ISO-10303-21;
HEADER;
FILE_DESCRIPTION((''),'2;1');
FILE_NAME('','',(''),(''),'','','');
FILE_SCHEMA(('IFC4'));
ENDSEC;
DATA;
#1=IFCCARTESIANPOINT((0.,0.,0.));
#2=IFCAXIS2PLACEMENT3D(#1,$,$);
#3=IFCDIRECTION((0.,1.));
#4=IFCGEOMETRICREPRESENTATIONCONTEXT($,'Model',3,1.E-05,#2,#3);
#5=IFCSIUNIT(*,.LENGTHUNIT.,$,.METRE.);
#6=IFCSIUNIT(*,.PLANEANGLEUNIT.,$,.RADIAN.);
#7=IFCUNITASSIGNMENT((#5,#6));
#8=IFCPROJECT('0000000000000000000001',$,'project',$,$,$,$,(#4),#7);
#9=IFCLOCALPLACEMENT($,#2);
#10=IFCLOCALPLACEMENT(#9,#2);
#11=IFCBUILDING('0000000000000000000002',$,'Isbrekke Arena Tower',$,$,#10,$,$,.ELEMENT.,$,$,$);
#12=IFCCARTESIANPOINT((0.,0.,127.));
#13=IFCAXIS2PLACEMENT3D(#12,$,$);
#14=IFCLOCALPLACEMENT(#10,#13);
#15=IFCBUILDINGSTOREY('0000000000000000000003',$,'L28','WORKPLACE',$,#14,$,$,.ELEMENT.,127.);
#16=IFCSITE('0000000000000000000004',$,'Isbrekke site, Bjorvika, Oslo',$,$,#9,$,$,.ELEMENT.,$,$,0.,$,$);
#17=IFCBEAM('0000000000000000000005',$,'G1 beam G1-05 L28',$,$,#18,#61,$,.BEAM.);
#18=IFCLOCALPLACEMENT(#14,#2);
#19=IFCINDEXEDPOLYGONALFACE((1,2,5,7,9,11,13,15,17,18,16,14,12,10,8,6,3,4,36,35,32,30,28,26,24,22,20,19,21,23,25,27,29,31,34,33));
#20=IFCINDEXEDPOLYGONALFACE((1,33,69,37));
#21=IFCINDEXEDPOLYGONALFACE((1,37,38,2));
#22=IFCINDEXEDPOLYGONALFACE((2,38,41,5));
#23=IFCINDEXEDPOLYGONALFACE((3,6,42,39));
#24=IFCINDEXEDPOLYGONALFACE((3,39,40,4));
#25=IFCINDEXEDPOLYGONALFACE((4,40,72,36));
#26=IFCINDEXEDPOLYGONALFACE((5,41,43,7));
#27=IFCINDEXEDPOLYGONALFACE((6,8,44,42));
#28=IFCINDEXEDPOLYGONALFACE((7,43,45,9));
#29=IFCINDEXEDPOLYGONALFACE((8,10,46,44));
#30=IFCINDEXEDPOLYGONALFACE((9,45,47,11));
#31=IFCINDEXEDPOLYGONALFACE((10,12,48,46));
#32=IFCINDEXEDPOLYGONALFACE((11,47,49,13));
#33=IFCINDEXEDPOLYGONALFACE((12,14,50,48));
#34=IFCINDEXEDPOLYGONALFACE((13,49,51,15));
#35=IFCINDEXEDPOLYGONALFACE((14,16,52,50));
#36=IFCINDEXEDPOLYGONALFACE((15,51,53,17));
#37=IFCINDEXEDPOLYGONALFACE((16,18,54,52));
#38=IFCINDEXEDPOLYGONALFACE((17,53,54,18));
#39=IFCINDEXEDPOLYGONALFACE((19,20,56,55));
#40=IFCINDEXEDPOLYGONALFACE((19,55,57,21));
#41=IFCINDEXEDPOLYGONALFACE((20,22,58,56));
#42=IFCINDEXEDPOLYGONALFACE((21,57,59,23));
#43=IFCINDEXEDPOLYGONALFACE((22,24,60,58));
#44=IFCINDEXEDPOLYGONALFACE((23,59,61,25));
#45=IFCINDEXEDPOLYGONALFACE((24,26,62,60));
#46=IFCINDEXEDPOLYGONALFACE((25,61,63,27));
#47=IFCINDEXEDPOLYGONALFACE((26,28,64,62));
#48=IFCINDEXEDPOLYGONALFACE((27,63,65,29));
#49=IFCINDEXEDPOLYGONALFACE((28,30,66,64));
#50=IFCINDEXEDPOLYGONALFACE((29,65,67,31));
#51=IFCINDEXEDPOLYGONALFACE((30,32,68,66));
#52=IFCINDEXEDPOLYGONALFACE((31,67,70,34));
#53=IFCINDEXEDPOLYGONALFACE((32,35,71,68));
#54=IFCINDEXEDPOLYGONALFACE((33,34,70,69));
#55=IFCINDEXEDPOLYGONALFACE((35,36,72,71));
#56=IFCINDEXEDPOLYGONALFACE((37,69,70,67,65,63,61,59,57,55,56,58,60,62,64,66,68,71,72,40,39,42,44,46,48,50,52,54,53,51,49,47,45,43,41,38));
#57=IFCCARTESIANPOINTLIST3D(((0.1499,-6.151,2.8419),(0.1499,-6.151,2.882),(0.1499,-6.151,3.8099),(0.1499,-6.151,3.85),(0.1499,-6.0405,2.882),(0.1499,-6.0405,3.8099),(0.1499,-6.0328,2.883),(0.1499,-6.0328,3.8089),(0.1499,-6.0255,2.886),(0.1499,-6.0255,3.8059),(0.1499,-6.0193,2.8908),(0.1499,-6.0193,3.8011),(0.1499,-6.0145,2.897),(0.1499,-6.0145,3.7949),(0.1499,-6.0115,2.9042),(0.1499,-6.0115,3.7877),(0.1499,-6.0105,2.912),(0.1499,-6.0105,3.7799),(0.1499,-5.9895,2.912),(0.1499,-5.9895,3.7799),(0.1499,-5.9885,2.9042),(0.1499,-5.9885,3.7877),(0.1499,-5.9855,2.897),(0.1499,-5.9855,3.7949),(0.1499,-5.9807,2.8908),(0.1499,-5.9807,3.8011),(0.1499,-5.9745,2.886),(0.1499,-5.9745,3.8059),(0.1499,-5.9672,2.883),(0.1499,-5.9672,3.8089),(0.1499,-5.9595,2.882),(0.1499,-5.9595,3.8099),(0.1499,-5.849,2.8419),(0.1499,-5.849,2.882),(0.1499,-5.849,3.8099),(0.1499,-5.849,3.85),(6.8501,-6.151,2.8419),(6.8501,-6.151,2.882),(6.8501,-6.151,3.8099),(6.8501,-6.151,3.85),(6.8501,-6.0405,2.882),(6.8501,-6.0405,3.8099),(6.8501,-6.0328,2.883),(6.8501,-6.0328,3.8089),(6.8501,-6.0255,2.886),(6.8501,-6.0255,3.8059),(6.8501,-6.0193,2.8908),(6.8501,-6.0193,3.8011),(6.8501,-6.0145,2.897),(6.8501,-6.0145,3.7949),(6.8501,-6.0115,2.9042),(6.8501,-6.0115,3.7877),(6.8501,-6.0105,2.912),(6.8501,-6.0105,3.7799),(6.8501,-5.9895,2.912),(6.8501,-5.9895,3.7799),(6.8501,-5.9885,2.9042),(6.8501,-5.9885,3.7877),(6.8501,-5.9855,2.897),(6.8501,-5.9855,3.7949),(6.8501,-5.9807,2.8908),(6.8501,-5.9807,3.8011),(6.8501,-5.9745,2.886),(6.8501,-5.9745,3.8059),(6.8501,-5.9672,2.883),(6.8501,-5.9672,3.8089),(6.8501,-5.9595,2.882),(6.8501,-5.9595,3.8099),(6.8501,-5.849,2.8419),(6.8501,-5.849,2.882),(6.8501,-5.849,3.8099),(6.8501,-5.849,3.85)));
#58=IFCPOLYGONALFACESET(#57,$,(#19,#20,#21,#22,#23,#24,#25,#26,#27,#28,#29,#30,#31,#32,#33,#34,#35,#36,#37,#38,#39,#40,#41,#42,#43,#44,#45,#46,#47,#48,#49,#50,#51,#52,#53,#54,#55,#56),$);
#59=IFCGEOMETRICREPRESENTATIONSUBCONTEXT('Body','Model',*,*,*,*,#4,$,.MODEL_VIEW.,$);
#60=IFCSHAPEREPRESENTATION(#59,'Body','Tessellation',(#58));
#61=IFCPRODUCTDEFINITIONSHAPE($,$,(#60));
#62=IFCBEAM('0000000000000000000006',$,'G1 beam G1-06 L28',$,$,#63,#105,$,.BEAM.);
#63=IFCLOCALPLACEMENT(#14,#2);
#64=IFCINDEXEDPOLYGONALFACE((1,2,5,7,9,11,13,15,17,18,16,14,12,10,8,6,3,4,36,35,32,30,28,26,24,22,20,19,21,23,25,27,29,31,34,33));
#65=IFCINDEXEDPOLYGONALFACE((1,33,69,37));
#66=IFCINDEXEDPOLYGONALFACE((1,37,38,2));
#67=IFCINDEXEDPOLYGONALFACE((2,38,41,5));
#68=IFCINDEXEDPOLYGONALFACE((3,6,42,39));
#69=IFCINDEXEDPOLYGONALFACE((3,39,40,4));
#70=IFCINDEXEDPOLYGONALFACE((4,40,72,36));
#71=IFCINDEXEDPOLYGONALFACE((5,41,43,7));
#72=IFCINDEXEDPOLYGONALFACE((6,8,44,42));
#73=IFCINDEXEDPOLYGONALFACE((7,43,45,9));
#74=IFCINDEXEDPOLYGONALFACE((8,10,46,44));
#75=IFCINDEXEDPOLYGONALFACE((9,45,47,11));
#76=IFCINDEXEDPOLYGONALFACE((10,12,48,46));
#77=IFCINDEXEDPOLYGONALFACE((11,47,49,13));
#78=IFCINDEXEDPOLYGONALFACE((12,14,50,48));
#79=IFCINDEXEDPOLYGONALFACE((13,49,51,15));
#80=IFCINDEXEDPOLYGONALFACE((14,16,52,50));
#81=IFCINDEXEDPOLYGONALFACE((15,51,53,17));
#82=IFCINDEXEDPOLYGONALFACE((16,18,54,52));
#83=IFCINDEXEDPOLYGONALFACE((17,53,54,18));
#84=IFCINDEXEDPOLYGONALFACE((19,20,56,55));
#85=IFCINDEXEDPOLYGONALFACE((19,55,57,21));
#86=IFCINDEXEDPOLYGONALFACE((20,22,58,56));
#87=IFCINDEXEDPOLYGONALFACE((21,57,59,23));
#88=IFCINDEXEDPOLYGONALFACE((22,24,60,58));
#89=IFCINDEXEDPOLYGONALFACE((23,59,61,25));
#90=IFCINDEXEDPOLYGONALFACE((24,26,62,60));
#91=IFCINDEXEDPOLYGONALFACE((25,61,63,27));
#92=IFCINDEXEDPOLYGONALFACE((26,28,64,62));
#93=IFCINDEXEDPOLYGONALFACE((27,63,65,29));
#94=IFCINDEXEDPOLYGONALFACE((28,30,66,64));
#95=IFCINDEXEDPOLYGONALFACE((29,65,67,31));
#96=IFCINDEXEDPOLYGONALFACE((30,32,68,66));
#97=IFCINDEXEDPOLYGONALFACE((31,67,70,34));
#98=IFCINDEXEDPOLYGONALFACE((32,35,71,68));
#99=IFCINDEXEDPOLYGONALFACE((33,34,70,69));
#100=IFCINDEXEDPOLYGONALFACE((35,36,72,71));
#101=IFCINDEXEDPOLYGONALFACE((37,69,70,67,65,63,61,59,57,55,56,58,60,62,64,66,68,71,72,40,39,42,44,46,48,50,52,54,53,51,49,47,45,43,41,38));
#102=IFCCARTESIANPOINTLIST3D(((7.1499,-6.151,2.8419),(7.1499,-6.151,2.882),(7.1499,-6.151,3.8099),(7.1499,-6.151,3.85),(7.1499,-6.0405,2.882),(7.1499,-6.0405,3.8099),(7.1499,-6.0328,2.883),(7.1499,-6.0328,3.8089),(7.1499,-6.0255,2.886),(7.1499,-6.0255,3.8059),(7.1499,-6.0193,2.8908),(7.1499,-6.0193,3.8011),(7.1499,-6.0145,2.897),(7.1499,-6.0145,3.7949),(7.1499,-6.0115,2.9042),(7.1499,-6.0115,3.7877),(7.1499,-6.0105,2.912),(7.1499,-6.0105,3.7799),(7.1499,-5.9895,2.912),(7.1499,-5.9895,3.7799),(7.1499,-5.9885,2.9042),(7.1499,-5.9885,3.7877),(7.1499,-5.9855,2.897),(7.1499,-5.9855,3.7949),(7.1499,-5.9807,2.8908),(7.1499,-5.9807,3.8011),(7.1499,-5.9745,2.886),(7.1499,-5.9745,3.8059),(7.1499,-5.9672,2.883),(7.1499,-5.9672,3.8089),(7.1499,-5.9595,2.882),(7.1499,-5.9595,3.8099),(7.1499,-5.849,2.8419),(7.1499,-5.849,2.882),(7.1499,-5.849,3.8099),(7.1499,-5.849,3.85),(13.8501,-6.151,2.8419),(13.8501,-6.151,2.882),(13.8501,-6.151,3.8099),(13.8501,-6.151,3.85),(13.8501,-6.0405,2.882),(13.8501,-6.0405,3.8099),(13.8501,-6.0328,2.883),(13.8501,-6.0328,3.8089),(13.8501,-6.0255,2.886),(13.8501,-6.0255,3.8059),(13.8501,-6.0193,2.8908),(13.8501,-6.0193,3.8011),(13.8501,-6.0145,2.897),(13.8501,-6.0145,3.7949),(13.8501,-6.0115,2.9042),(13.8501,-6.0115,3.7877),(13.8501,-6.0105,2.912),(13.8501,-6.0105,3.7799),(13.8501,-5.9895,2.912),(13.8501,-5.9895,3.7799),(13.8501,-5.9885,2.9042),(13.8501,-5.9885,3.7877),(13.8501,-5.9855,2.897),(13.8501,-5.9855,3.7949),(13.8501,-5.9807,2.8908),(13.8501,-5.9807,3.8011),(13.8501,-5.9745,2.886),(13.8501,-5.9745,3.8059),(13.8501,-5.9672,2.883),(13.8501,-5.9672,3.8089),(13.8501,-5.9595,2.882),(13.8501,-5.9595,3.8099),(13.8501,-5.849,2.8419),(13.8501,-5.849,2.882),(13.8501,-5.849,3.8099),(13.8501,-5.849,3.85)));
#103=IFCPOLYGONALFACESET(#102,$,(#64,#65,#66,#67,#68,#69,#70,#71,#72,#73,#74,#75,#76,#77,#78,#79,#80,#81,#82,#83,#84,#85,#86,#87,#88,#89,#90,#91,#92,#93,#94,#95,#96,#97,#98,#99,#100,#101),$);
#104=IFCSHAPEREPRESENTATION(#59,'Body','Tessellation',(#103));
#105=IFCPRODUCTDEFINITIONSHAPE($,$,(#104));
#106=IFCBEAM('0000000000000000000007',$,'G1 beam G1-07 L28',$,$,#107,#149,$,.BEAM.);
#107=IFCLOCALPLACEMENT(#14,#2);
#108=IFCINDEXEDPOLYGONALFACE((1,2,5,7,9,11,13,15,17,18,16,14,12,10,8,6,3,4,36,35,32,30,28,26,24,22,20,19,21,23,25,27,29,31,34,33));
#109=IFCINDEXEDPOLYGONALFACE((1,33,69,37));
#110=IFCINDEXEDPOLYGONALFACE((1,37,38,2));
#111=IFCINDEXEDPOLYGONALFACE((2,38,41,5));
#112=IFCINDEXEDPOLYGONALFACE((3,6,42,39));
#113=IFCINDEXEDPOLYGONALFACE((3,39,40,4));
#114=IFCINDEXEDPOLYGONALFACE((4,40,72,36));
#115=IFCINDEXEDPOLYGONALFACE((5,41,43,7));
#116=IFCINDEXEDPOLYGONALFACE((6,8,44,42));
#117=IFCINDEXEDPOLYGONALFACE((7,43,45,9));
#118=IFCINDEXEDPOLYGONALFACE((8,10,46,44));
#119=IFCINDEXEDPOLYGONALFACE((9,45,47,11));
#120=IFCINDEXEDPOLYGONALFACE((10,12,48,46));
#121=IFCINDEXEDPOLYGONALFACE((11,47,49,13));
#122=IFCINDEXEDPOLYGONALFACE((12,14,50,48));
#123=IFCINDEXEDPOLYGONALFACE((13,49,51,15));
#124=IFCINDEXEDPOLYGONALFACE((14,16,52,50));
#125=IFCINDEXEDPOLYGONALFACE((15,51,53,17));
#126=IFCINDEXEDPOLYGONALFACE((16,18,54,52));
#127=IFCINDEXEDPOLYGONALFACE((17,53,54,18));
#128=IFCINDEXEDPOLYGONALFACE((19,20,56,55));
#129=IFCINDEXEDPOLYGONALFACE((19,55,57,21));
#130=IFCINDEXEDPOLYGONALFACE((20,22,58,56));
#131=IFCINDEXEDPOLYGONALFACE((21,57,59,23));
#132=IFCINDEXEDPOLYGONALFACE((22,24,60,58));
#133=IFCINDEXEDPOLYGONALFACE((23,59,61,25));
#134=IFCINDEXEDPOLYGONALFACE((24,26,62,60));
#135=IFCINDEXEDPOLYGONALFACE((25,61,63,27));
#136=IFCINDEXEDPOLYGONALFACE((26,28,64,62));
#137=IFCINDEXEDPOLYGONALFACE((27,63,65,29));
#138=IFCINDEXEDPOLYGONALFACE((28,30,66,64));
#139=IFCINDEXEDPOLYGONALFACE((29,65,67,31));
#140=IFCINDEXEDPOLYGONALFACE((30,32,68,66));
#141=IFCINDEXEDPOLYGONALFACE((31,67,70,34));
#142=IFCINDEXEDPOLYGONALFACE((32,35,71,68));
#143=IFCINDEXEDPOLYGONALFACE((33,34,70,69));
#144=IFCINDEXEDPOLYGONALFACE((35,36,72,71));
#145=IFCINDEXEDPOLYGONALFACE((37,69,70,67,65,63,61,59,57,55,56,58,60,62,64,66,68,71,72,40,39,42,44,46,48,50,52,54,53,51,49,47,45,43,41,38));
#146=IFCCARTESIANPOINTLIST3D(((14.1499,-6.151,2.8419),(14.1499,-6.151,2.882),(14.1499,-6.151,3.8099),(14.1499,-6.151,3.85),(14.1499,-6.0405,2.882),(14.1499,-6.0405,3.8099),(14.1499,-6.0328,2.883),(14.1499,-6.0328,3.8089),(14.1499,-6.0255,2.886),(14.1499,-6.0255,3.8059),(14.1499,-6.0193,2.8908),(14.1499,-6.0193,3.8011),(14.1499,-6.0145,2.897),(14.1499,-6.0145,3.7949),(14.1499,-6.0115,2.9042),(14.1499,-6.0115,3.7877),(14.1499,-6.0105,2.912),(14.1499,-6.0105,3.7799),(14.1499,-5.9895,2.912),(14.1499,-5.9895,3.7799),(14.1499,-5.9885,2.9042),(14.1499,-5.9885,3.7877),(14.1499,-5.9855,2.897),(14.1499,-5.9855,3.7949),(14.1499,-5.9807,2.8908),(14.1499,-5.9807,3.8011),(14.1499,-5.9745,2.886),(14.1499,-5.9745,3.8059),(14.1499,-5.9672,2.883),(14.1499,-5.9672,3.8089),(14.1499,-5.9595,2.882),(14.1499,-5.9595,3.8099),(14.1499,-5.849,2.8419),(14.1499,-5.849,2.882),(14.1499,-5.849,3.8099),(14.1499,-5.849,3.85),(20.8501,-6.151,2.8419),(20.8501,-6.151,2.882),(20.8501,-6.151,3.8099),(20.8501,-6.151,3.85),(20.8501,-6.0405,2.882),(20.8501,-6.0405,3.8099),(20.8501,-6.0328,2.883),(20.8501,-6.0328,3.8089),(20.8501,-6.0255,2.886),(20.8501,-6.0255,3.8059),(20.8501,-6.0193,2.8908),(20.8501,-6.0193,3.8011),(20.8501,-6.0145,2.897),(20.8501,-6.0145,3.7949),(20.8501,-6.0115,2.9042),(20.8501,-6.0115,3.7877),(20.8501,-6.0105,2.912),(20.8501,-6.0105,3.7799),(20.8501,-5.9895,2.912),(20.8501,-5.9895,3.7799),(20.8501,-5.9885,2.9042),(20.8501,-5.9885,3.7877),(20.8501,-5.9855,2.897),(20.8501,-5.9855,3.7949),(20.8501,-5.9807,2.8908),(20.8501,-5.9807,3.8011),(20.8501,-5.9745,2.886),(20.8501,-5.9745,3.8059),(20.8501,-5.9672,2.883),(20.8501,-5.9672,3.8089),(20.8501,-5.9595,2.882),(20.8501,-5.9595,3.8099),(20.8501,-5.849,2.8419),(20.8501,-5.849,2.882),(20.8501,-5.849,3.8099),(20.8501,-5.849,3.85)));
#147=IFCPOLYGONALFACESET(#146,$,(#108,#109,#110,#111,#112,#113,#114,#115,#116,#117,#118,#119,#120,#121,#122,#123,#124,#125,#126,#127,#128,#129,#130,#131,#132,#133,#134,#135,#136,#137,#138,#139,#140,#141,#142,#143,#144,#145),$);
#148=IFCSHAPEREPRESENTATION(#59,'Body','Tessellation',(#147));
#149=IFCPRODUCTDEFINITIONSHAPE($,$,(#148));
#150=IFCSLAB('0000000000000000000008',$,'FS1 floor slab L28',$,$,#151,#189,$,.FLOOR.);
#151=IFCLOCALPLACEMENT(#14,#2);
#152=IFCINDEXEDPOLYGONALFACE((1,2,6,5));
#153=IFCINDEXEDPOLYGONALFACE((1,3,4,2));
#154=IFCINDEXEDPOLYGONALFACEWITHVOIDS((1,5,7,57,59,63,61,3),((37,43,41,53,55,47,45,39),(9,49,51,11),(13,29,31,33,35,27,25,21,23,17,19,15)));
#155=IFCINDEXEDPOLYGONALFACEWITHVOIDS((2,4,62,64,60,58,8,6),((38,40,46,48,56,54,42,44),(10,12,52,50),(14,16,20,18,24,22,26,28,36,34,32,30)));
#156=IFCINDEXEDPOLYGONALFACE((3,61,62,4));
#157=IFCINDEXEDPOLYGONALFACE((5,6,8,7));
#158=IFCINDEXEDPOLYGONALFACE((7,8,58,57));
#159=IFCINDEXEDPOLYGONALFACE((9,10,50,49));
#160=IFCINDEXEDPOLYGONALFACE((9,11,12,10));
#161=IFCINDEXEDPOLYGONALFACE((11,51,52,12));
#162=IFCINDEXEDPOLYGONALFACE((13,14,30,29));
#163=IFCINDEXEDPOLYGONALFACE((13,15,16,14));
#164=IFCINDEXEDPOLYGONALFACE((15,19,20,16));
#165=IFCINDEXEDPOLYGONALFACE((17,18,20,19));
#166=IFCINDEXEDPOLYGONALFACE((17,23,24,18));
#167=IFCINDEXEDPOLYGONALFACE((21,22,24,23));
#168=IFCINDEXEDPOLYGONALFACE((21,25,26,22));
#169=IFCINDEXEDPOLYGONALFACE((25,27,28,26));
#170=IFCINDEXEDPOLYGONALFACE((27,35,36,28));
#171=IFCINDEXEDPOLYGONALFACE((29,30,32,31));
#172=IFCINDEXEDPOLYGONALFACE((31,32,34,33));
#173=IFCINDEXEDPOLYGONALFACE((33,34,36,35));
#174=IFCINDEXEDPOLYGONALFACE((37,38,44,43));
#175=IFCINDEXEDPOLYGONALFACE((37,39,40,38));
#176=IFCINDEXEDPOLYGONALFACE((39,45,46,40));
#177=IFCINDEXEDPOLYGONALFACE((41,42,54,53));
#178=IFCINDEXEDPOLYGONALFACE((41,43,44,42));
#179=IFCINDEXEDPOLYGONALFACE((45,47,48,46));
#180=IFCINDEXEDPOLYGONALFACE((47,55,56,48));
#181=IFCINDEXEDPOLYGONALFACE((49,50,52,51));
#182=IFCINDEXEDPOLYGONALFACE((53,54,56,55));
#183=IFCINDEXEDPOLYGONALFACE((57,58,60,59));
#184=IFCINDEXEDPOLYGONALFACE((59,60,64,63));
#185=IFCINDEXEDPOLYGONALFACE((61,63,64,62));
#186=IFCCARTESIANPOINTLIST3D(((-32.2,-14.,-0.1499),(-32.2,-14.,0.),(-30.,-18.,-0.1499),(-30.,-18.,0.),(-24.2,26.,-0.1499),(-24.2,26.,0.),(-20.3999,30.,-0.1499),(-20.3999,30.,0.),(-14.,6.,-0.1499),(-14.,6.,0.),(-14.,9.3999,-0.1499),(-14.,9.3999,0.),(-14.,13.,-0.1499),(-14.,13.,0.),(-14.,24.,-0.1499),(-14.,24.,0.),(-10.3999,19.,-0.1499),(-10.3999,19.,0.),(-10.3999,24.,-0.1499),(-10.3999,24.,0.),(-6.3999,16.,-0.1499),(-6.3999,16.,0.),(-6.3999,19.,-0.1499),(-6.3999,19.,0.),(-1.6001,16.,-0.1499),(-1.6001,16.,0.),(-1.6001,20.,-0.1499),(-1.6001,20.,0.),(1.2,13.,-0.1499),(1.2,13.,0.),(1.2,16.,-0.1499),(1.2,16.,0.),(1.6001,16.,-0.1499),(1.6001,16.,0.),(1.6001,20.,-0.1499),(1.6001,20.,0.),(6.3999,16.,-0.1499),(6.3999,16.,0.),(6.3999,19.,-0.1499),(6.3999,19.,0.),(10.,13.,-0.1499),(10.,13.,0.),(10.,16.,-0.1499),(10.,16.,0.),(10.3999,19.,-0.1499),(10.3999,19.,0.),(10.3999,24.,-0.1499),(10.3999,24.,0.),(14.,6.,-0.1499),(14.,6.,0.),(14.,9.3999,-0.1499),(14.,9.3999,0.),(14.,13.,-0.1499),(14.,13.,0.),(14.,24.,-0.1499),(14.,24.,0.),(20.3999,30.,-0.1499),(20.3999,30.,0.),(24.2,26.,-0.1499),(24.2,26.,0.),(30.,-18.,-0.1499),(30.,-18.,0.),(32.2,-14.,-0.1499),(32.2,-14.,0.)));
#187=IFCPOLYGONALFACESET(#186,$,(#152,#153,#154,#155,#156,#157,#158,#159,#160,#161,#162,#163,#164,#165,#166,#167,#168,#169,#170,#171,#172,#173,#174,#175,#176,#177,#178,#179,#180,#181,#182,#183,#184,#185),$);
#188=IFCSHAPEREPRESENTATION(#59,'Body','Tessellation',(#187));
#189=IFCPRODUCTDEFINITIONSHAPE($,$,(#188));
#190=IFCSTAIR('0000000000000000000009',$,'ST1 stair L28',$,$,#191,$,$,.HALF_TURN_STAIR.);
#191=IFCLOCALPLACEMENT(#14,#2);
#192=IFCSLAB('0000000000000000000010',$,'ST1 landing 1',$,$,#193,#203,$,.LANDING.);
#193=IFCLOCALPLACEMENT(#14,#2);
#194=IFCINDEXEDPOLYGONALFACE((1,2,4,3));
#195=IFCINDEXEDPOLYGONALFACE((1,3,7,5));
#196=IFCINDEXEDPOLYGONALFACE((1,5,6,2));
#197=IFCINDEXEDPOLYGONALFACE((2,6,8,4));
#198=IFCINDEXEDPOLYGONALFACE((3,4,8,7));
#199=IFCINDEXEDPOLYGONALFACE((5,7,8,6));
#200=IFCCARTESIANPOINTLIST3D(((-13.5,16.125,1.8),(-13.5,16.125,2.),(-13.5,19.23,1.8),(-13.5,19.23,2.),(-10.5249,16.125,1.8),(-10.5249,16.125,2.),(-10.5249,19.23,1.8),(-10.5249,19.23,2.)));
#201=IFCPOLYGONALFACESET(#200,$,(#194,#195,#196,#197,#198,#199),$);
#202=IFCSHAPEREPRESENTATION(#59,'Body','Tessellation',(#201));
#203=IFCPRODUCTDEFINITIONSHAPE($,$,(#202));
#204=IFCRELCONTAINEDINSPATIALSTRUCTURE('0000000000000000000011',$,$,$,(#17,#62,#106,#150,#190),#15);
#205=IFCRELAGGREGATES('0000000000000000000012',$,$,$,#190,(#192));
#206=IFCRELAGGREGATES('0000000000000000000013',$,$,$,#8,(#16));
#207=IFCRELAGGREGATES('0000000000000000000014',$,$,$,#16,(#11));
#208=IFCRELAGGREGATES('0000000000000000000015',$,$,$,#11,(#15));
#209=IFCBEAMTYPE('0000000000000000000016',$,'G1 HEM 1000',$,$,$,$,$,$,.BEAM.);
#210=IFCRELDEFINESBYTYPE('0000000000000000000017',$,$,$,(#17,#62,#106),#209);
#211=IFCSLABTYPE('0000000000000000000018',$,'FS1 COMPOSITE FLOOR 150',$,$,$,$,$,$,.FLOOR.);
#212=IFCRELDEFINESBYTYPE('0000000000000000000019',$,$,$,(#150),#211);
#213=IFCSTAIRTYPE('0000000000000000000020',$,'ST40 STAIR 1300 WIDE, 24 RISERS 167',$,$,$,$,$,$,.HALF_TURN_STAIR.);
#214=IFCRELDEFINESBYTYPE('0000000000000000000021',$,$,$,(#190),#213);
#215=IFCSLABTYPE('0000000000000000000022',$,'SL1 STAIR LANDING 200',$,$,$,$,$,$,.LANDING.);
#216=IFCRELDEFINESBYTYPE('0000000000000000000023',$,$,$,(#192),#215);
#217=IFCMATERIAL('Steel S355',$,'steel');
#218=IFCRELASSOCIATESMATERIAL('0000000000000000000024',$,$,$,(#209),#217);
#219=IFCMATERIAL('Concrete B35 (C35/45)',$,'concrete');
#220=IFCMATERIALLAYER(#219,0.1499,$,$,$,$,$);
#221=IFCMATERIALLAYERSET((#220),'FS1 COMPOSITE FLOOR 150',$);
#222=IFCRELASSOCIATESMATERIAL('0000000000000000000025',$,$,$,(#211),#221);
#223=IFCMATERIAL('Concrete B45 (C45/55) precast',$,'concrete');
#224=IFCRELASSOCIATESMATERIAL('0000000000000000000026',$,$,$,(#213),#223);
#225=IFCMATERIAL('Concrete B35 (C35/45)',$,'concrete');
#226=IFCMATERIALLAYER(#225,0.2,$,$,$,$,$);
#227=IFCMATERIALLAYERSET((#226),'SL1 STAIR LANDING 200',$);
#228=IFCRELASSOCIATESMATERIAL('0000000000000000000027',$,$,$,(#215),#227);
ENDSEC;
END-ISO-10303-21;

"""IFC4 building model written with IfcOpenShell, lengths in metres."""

from ifc_helpers import new_model, si_unit, direction, frame, origin, origin_2d, place, context, subcontext, project, spatial, polyline, i_section, outline, extrude, material, layer, layer_set, material_profile, profile_set, type_object, element, aggregate, save


model = new_model("IFC4")

# Units and contexts
model_context = context("Model", 3, precision=1e-05, world=origin(), true_north=direction((0.0, 1.0)))
body_context = subcontext(model_context, "Body", "Model", "MODEL_VIEW")
ifc_project = project(units=[si_unit("LENGTHUNIT", "METRE"), si_unit("PLANEANGLEUNIT", "RADIAN")], contexts=[model_context])

# Site, building, storey
site_placement = place(None, origin())
site = spatial("IfcSite", under=ifc_project, at=site_placement, Name="Isbrekke site, Bjorvika, Oslo", CompositionType="ELEMENT", RefElevation=0.0)
building_placement = place(site_placement, origin())
building = spatial("IfcBuilding", under=site, at=building_placement, Name="Isbrekke Arena Tower", CompositionType="ELEMENT")
storey_placement = place(building_placement, frame((0.0, 0.0, 127.0)))
storey = spatial("IfcBuildingStorey", under=building, at=storey_placement, Name="L28", Description="WORKPLACE", CompositionType="ELEMENT", Elevation=127.0)

# Beams
ifc_material_1 = material(Name="Steel S355", Category="steel")
ifc_material_profile_1 = material_profile(ifc_material_1, i_section(OverallWidth=0.302, OverallDepth=1.0081, WebThickness=0.021, FlangeThickness=0.04, FilletRadius=0.03, at=origin_2d()), Name="HEM 1000")
ifc_profile_set_1 = profile_set([ifc_material_profile_1], Name="Steel S355")
beam_type_1 = type_object("IfcBeamType", Name="G1 HEM 1000", PredefinedType="BEAM", material=ifc_profile_set_1)
for number, where, z_axis, x_axis, name in (
    (1, (0.1499, -6.0, 3.3459), (1.0, 0.0, 0.0), (0.0, 1.0, 0.0), "G1 beam G1-05 L28"),
    (2, (7.1499, -6.0, 3.3459), (1.0, 0.0, 0.0), (0.0, 1.0, 0.0), "G1 beam G1-06 L28"),
    (3, (14.1499, -6.0, 3.3459), (1.0, 0.0, 0.0), (0.0, 1.0, 0.0), "G1 beam G1-07 L28"),
):
    element("IfcBeam", number, at=place(storey_placement, frame(where, z_axis=z_axis, x_axis=x_axis)), inside=storey, type_object=beam_type_1, Name=name, PredefinedType="BEAM", context=body_context, shape_type="SweptSolid", body=[
        extrude(i_section(OverallWidth=0.302, OverallDepth=1.0081, WebThickness=0.021, FlangeThickness=0.04, FilletRadius=0.03, at=origin_2d()), origin(), (0.0, 0.0, 1.0), 6.7002),
    ])

# Slab
ifc_material_2 = material(Name="Concrete B35 (C35/45)", Category="concrete")
ifc_layer_1 = layer(ifc_material_2, 0.1499)
ifc_layer_set_1 = layer_set([ifc_layer_1], Name="FS1 COMPOSITE FLOOR 150")
slab_type_1 = type_object("IfcSlabType", Name="FS1 COMPOSITE FLOOR 150", PredefinedType="FLOOR", material=ifc_layer_set_1)
slab_1_placement = place(storey_placement, frame((0.0, 0.0, -0.1499)))
element("IfcSlab", 4, at=slab_1_placement, inside=storey, type_object=slab_type_1, Name="FS1 floor slab L28", PredefinedType="FLOOR", context=body_context, shape_type="SweptSolid", body=[
    extrude(outline(polyline([(-30.0, -18.0), (30.0, -18.0), (32.2, -14.0), (24.2, 26.0), (20.3999, 30.0), (-20.3999, 30.0), (-24.2, 26.0), (-32.2, -14.0), (-30.0, -18.0)]), holes=[polyline([(14.0, 9.3999), (14.0, 6.0), (-14.0, 6.0), (-14.0, 9.3999), (14.0, 9.3999)]), polyline([(-6.3999, 19.0), (-6.3999, 16.0), (-1.6001, 16.0), (-1.6001, 20.0), (1.6001, 20.0), (1.6001, 16.0), (1.2, 16.0), (1.2, 13.0), (-14.0, 13.0), (-14.0, 24.0), (-10.3999, 24.0), (-10.3999, 19.0), (-6.3999, 19.0)]), polyline([(10.0, 13.0), (10.0, 16.0), (6.3999, 16.0), (6.3999, 19.0), (10.3999, 19.0), (10.3999, 24.0), (14.0, 24.0), (14.0, 13.0), (10.0, 13.0)])]), origin(), (0.0, 0.0, 1.0), 0.1499),
])

# Stair, slab
ifc_material_3 = material(Name="Concrete B45 (C45/55) precast", Category="concrete")
stair_type = type_object("IfcStairType", Name="ST40 STAIR 1300 WIDE, 24 RISERS 167", PredefinedType="HALF_TURN_STAIR", material=ifc_material_3)
stair_1_placement = place(storey_placement, origin())
stair_1 = element("IfcStair", 5, at=stair_1_placement, inside=storey, type_object=stair_type, Name="ST1 stair L28", PredefinedType="HALF_TURN_STAIR")
ifc_material_4 = material(Name="Concrete B35 (C35/45)", Category="concrete")
ifc_layer_2 = layer(ifc_material_4, 0.2)
ifc_layer_set_2 = layer_set([ifc_layer_2], Name="SL1 STAIR LANDING 200")
slab_type_2 = type_object("IfcSlabType", Name="SL1 STAIR LANDING 200", PredefinedType="LANDING", material=ifc_layer_set_2)
slab_2_placement = place(storey_placement, frame((0.0, 0.0, 1.8)))
slab_2 = element("IfcSlab", 6, at=slab_2_placement, type_object=slab_type_2, Name="ST1 landing 1", PredefinedType="LANDING", context=body_context, shape_type="SweptSolid", body=[
    extrude(outline(polyline([(-13.5, 16.125), (-10.5249, 16.125), (-10.5249, 19.23), (-13.5, 19.23), (-13.5, 16.125)])), origin(), (0.0, 0.0, 1.0), 0.2),
])
aggregate(stair_1, [slab_2])

save(model, "model.ifc")
